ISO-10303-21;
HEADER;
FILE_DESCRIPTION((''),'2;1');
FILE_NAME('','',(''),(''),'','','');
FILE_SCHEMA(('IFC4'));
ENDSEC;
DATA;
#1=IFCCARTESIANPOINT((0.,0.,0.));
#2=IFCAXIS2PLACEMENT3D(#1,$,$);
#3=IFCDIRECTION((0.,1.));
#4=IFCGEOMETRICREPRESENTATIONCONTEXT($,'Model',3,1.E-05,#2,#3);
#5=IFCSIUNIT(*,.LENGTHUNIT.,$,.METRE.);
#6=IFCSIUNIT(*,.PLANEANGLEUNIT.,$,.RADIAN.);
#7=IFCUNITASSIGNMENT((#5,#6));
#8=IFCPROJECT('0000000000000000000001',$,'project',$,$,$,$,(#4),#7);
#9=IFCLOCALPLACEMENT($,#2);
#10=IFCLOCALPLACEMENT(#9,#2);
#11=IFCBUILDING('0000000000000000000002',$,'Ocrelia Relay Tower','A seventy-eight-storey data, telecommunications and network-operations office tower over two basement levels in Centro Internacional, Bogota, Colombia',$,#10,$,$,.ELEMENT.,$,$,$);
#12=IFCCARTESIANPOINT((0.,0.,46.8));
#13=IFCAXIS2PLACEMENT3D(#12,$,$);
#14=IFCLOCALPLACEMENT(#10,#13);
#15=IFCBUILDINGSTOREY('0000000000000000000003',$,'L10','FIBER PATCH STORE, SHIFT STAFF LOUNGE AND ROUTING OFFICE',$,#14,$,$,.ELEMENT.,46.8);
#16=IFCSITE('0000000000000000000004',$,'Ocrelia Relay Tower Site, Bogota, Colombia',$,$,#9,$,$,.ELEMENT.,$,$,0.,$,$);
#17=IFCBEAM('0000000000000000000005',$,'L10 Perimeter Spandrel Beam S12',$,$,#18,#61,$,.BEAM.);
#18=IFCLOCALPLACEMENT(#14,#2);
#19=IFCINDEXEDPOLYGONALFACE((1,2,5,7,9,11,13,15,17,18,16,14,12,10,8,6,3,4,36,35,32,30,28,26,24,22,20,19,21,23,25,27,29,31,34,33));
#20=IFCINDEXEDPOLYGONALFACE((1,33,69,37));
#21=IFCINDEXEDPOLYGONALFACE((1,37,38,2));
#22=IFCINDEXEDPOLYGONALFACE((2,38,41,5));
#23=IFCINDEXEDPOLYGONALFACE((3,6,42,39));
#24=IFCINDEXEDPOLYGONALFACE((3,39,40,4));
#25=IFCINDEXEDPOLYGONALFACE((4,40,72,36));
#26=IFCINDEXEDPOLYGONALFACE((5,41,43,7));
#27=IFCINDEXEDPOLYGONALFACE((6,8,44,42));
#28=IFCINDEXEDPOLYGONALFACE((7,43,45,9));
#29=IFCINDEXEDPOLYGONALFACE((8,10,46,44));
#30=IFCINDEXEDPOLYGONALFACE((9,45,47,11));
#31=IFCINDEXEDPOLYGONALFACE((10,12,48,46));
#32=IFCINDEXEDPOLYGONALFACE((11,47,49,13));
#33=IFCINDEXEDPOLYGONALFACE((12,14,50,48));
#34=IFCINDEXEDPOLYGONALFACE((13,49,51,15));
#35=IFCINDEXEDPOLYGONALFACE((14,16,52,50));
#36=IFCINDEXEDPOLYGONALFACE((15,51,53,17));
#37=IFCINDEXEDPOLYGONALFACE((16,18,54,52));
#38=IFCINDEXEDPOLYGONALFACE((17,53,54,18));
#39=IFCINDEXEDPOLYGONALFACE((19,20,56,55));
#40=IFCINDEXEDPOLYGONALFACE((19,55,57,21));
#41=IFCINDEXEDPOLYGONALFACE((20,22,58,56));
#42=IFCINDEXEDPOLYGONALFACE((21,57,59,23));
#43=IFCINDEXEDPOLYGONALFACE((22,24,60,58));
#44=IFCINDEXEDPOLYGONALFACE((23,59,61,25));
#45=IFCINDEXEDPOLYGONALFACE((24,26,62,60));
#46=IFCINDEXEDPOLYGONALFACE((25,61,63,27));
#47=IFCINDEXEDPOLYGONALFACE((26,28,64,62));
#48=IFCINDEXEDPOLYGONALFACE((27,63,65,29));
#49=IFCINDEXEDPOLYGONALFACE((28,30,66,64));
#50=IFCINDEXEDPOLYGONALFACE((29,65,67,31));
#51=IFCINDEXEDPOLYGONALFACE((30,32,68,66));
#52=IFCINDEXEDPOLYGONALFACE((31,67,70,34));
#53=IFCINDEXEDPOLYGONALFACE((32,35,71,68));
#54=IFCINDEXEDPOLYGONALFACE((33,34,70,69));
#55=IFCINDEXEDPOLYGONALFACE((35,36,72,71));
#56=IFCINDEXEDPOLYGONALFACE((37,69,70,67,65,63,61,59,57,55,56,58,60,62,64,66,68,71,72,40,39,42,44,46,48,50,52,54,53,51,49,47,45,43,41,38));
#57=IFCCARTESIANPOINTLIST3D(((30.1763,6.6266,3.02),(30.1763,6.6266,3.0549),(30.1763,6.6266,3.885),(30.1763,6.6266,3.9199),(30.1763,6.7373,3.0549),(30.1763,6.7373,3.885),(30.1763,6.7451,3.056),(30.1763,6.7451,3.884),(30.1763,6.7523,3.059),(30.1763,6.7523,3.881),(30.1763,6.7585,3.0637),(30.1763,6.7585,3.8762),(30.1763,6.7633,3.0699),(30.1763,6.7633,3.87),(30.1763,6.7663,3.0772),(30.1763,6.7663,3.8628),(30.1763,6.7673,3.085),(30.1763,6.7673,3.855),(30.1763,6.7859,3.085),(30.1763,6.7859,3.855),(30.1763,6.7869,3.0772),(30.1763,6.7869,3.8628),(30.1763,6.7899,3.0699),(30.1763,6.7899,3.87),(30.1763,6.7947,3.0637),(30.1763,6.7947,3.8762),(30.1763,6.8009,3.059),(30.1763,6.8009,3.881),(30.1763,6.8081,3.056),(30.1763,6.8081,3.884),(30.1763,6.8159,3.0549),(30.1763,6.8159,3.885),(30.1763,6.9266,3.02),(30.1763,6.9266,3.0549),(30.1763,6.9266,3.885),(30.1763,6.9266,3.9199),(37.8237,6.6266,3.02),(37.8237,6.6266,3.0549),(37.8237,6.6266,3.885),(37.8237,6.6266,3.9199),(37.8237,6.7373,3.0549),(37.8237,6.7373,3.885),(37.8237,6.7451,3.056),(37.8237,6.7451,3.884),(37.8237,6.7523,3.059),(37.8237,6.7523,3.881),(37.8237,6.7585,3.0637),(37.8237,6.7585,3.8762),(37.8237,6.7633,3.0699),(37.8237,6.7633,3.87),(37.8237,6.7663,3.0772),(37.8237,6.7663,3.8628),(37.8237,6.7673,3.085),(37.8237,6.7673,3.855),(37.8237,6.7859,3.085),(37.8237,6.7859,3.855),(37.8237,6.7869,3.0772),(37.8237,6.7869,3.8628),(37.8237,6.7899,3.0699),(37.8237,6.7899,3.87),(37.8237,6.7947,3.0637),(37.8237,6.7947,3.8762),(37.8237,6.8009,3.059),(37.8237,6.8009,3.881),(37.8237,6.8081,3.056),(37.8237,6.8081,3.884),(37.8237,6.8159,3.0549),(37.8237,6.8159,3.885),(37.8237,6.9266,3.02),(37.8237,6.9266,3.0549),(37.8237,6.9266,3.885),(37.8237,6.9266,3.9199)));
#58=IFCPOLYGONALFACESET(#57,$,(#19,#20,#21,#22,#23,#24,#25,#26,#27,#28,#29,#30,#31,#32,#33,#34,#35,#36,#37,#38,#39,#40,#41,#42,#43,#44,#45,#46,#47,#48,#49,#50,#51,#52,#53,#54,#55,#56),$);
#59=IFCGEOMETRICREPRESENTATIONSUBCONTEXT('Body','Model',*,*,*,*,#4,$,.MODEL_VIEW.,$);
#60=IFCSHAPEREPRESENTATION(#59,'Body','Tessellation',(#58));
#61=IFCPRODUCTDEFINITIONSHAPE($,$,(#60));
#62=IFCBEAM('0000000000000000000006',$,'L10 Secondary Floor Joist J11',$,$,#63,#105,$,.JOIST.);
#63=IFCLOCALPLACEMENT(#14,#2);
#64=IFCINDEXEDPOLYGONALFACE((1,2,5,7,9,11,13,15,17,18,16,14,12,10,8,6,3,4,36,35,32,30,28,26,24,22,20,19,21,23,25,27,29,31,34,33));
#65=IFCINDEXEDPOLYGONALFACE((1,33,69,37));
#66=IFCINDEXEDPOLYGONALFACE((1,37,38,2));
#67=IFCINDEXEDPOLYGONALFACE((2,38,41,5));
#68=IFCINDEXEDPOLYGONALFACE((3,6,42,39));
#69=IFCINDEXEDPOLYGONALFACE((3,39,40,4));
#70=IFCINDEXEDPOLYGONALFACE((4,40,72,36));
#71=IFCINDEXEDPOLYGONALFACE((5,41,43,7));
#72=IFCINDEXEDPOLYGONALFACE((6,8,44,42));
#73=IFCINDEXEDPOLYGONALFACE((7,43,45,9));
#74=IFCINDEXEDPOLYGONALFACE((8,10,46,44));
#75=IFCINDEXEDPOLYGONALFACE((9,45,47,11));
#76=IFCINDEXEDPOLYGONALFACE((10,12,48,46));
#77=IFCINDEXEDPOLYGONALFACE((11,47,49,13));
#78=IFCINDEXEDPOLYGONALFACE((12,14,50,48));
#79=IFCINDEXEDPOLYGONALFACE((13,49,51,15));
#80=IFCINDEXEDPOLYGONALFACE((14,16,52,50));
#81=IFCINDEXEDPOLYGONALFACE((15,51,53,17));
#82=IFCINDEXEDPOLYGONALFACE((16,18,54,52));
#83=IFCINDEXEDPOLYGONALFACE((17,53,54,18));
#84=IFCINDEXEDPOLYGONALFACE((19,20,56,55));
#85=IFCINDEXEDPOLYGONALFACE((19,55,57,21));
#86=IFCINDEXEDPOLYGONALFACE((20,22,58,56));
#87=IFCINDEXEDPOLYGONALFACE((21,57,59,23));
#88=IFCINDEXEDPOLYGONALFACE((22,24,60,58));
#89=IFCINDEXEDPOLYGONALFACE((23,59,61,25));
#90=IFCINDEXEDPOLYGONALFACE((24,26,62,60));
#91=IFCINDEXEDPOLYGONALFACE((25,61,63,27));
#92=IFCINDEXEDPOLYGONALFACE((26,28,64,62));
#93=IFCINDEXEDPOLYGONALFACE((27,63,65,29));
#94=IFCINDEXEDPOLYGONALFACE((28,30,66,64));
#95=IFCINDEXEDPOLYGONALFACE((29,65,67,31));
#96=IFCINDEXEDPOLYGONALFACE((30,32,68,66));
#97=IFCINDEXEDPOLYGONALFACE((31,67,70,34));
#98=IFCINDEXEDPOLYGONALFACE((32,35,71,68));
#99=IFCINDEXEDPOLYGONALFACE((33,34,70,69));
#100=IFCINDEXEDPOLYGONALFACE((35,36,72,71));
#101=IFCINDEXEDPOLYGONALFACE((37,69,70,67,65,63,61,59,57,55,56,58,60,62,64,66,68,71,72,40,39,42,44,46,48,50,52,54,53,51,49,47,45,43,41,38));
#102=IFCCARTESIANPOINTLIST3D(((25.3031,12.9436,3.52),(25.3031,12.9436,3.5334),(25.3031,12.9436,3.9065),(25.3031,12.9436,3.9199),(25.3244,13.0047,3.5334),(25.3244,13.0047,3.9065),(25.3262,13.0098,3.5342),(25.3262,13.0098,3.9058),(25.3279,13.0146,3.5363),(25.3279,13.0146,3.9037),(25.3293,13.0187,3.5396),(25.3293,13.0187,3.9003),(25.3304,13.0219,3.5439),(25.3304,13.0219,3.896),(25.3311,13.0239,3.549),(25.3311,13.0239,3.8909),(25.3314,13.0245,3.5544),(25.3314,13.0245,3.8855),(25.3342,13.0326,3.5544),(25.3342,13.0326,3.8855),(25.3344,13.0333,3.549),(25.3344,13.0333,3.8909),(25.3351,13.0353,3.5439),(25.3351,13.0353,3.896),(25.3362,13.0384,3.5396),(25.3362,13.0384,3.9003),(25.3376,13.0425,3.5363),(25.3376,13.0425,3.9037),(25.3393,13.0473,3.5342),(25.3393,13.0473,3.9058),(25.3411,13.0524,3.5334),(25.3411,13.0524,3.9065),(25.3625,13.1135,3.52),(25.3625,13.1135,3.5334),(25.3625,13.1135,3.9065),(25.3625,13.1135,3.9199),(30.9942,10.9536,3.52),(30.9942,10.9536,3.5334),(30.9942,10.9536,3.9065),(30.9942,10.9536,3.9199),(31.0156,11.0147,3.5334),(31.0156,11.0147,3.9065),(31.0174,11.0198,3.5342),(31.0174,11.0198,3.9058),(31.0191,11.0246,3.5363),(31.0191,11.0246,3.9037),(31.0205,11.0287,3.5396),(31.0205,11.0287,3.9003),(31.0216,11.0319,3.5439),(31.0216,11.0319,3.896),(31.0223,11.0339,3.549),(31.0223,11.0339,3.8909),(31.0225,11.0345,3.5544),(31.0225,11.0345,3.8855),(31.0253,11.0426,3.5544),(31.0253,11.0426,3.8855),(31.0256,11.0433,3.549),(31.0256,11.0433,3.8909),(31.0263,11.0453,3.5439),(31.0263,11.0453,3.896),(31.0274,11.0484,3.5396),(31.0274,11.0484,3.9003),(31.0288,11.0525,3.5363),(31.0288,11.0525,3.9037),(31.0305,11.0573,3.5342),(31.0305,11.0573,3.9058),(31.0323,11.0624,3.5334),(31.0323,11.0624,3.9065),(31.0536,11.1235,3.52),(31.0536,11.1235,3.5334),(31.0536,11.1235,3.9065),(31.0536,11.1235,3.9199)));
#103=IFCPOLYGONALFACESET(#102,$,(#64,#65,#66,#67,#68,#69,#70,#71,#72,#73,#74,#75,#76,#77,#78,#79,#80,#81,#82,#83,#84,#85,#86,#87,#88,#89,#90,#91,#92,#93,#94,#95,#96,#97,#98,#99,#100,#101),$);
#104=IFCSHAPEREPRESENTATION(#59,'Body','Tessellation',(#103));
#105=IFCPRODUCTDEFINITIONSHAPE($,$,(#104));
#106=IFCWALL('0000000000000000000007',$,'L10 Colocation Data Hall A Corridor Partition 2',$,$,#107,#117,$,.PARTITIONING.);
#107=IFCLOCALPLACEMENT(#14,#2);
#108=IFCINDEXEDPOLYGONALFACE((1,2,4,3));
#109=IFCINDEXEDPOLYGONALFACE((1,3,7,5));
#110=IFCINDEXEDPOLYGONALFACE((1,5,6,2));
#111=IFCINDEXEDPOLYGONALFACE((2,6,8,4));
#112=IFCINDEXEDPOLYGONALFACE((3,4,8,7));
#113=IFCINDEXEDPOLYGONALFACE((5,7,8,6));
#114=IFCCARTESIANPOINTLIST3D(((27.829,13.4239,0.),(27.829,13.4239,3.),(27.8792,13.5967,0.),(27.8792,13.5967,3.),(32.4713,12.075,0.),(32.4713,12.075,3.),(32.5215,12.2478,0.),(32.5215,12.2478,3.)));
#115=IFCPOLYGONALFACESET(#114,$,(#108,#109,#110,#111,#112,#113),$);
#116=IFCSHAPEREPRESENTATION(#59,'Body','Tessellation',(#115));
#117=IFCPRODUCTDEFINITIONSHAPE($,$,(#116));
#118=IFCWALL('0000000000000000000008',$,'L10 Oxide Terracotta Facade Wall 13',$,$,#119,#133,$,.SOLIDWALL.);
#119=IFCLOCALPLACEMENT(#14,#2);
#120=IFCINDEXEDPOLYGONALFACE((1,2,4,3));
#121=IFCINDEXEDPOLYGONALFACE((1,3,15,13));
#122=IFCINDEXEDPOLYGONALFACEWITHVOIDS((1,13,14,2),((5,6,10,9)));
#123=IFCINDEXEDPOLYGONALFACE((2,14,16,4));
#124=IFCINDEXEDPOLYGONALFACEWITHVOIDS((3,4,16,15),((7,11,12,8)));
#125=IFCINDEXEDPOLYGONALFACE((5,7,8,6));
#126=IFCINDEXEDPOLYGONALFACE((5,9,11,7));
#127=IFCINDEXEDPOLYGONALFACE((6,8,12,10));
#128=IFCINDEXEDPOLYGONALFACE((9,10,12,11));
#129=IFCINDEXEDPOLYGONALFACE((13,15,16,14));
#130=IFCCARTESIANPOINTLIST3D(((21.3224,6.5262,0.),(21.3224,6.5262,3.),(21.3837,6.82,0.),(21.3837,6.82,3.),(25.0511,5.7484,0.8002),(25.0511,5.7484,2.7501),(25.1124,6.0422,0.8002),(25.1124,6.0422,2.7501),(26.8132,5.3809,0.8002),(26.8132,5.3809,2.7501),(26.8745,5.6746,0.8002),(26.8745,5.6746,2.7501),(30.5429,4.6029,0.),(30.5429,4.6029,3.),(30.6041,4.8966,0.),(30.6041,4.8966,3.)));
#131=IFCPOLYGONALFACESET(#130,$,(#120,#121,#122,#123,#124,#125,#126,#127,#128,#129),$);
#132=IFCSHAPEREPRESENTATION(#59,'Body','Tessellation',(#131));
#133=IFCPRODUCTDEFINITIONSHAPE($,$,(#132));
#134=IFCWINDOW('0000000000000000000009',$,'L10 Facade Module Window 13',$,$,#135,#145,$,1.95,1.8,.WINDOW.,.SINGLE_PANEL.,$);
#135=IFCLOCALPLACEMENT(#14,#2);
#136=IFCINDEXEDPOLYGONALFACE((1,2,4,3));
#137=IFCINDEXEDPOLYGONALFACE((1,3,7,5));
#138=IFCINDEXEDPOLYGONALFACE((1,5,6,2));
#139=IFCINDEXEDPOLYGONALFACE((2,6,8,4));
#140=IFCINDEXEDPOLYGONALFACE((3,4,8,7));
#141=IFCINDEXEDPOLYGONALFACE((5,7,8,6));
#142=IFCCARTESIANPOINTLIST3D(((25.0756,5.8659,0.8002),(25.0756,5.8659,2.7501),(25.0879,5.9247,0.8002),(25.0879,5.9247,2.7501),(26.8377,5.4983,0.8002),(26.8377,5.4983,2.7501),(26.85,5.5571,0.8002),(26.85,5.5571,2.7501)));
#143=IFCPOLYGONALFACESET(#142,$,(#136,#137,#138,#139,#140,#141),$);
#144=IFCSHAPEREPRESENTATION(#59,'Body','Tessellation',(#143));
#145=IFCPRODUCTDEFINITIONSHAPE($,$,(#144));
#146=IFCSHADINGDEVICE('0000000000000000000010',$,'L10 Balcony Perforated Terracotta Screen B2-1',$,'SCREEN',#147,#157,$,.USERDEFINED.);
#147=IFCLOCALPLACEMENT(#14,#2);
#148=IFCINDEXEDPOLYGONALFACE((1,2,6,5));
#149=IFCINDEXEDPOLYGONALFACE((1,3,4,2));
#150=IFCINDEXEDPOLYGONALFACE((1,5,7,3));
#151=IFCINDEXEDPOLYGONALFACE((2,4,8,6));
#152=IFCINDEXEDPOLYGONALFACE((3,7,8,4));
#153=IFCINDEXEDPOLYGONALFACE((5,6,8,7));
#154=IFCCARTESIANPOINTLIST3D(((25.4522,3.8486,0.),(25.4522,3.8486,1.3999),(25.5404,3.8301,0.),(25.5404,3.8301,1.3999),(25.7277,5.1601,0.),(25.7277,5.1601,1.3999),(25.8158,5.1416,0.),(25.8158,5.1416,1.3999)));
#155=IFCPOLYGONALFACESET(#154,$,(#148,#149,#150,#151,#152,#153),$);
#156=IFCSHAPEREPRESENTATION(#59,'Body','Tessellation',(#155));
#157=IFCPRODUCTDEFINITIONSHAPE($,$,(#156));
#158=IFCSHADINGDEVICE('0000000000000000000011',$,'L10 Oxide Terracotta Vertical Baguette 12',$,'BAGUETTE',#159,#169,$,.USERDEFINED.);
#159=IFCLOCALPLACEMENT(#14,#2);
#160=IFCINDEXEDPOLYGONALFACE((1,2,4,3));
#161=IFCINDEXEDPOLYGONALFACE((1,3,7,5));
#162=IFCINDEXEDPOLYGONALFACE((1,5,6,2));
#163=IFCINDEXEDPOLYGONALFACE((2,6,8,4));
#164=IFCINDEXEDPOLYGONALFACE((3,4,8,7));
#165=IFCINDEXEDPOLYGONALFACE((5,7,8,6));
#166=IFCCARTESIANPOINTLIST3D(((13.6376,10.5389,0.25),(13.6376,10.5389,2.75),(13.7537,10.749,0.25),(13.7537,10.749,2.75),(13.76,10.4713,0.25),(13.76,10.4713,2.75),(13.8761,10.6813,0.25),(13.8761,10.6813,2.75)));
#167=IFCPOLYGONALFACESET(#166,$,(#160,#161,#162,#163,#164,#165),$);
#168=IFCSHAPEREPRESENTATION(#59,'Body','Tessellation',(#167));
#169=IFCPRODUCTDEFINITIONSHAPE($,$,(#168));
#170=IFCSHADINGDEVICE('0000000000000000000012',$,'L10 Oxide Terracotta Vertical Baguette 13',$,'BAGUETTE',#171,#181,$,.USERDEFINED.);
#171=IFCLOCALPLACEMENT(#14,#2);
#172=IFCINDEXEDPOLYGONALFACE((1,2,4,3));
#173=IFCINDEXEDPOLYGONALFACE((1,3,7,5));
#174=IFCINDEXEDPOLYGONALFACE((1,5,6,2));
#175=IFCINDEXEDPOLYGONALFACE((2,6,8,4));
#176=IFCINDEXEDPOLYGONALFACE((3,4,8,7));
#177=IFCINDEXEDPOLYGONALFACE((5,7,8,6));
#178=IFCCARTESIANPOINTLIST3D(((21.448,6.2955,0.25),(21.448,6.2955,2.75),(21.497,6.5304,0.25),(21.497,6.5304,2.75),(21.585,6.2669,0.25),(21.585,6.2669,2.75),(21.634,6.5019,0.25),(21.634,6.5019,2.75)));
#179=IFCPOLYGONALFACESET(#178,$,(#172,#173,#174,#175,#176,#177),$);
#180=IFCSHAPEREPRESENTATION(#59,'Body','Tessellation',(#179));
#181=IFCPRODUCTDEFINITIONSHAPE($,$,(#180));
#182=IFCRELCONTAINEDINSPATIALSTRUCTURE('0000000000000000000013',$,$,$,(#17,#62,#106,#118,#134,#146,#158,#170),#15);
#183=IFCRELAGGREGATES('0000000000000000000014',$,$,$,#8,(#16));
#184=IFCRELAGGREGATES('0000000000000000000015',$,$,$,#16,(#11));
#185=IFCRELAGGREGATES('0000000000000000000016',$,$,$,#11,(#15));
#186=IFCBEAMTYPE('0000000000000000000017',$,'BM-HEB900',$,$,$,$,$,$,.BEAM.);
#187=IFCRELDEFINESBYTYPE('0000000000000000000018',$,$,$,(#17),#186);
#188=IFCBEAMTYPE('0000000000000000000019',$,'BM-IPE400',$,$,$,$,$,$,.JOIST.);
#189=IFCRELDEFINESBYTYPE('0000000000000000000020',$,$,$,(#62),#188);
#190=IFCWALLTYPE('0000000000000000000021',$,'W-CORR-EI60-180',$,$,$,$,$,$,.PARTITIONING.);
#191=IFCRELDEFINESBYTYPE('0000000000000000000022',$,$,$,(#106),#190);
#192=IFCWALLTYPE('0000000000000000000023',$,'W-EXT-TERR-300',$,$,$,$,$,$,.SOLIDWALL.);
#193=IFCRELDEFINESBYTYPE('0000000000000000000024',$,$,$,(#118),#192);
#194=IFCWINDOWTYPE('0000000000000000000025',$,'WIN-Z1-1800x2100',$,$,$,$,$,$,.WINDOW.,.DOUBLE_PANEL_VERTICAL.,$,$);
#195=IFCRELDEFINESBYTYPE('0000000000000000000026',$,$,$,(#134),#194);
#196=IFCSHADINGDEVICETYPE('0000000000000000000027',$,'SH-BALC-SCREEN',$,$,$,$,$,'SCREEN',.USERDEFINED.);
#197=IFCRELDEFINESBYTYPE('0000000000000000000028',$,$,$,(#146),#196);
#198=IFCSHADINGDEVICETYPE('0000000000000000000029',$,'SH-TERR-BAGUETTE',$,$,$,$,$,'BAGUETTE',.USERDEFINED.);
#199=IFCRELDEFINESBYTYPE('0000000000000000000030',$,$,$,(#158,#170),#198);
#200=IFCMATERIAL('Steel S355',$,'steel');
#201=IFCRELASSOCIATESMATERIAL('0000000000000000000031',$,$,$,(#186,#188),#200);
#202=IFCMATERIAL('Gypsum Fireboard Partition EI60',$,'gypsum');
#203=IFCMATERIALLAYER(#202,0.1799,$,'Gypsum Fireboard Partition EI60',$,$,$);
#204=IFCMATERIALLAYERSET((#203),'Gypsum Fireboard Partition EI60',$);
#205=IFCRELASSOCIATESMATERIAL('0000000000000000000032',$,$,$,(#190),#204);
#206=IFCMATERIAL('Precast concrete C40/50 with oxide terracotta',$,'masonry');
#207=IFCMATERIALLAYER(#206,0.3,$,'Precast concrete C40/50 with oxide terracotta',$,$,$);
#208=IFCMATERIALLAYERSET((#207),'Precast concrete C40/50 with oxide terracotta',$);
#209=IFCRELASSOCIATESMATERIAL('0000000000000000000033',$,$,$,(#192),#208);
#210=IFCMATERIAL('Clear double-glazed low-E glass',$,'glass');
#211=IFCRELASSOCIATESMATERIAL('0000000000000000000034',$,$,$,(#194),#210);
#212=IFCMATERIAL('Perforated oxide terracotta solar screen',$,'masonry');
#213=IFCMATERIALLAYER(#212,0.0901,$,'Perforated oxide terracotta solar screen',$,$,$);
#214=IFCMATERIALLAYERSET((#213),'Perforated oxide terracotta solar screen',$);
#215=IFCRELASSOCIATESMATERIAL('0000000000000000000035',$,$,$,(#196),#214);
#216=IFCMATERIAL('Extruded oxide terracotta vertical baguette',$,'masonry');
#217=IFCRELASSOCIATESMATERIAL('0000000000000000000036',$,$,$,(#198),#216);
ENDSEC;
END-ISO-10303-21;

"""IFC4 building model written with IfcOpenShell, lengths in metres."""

from ifc_helpers import new_model, si_unit, direction, frame, frame_2d, origin, origin_2d, place, context, subcontext, project, spatial, rectangle, i_section, extrude, material, layer, layer_set, material_profile, profile_set, type_object, element, fill, save


model = new_model("IFC4")

# Units and contexts
model_context = context("Model", 3, precision=1e-05, world=origin(), true_north=direction((0.0, 1.0)))
body_context = subcontext(model_context, "Body", "Model", "MODEL_VIEW")
ifc_project = project(units=[si_unit("LENGTHUNIT", "METRE"), si_unit("PLANEANGLEUNIT", "RADIAN")], contexts=[model_context])

# Site, building, storey
site_placement = place(None, origin())
site = spatial("IfcSite", under=ifc_project, at=site_placement, Name="Ocrelia Relay Tower Site, Bogota, Colombia", CompositionType="ELEMENT", RefElevation=0.0)
building_placement = place(site_placement, origin())
building = spatial("IfcBuilding", under=site, at=building_placement, Name="Ocrelia Relay Tower", Description="A seventy-eight-storey data, telecommunications and network-operations office tower over two basement levels in Centro Internacional, Bogota, Colombia", CompositionType="ELEMENT")
storey_placement = place(building_placement, frame((0.0, 0.0, 46.8)))
storey = spatial("IfcBuildingStorey", under=building, at=storey_placement, Name="L10", Description="FIBER PATCH STORE, SHIFT STAFF LOUNGE AND ROUTING OFFICE", CompositionType="ELEMENT", Elevation=46.8)

# Beams
ifc_material_1 = material(Name="Steel S355", Category="steel")
ifc_material_profile_1 = material_profile(ifc_material_1, i_section(OverallWidth=0.3, OverallDepth=0.8999, WebThickness=0.0186, FlangeThickness=0.0349, FilletRadius=0.03, at=origin_2d()), Name="HEB 900")
ifc_profile_set_1 = profile_set([ifc_material_profile_1], Name="Steel S355")
beam_type_1 = type_object("IfcBeamType", Name="BM-HEB900", PredefinedType="BEAM", material=ifc_profile_set_1)
for number, where, z_axis, x_axis, name in (
    (1, (30.1763, 6.7766, 3.47), (1.0, 0.0, 0.0), (0.0, 1.0, 0.0), "L10 Perimeter Spandrel Beam S12"),
):
    element("IfcBeam", number, at=place(storey_placement, frame(where, z_axis=z_axis, x_axis=x_axis)), inside=storey, type_object=beam_type_1, Name=name, PredefinedType="BEAM", context=body_context, shape_type="SweptSolid", body=[
        extrude(i_section(OverallWidth=0.3, OverallDepth=0.8999, WebThickness=0.0186, FlangeThickness=0.0349, FilletRadius=0.03, at=origin_2d()), origin(), (0.0, 0.0, 1.0), 7.6475),
    ])
ifc_material_profile_2 = material_profile(ifc_material_1, i_section(OverallWidth=0.1799, OverallDepth=0.3999, WebThickness=0.0085, FlangeThickness=0.0134, FilletRadius=0.021, at=origin_2d()), Name="IPE 400")
ifc_profile_set_2 = profile_set([ifc_material_profile_2], Name="Steel S355")
beam_type_2 = type_object("IfcBeamType", Name="BM-IPE400", PredefinedType="JOIST", material=ifc_profile_set_2)
beam_1_placement = place(storey_placement, frame((25.3328, 13.0286, 3.72), z_axis=(0.943957, -0.330067, 0.0), x_axis=(0.330067, 0.943957, 0.0)))
element("IfcBeam", 2, at=beam_1_placement, inside=storey, type_object=beam_type_2, Name="L10 Secondary Floor Joist J11", PredefinedType="JOIST", context=body_context, shape_type="SweptSolid", body=[
    extrude(i_section(OverallWidth=0.1799, OverallDepth=0.3999, WebThickness=0.0085, FlangeThickness=0.0134, FilletRadius=0.021, at=origin_2d()), origin(), (0.0, 0.0, 1.0), 6.0291),
])

# Wall
ifc_material_2 = material(Name="Gypsum Fireboard Partition EI60", Category="gypsum")
ifc_layer_1 = layer(ifc_material_2, 0.1799, Name="Gypsum Fireboard Partition EI60")
ifc_layer_set_1 = layer_set([ifc_layer_1], Name="Gypsum Fireboard Partition EI60")
wall_type_1 = type_object("IfcWallType", Name="W-CORR-EI60-180", PredefinedType="PARTITIONING", material=ifc_layer_set_1)
wall_1_placement = place(storey_placement, frame((27.8542, 13.5103, 0.0), z_axis=(0.0, 0.0, 1.0), x_axis=(0.960285, -0.279021, 0.0)))
element("IfcWall", 3, at=wall_1_placement, inside=storey, type_object=wall_type_1, Name="L10 Colocation Data Hall A Corridor Partition 2", PredefinedType="PARTITIONING", context=body_context, shape_type="SweptSolid", body=[
    extrude(rectangle(XDim=4.8342, YDim=0.1799, at=frame_2d((2.417, 0.0))), origin(), (0.0, 0.0, 1.0), 3.0),
])

# Wall, opening, window
ifc_material_3 = material(Name="Precast concrete C40/50 with oxide terracotta", Category="masonry")
ifc_layer_2 = layer(ifc_material_3, 0.3, Name="Precast concrete C40/50 with oxide terracotta")
ifc_layer_set_2 = layer_set([ifc_layer_2], Name="Precast concrete C40/50 with oxide terracotta")
wall_type_2 = type_object("IfcWallType", Name="W-EXT-TERR-300", PredefinedType="SOLIDWALL", material=ifc_layer_set_2)
wall_2_placement = place(storey_placement, frame((21.353, 6.6731, 0.0), z_axis=(0.0, 0.0, 1.0), x_axis=(0.978929, -0.2042, 0.0)))
wall_2 = element("IfcWall", 4, at=wall_2_placement, inside=storey, type_object=wall_type_2, Name="L10 Oxide Terracotta Facade Wall 13", PredefinedType="SOLIDWALL", context=body_context, shape_type="SweptSolid", body=[
    extrude(rectangle(XDim=9.4189, YDim=0.3, at=frame_2d((4.7095, 0.0))), origin(), (0.0, 0.0, 1.0), 3.0),
])
opening_1_placement = place(wall_2_placement, frame((3.8091, 0.0, 0.8)))
opening_1 = element("IfcOpeningElement", 5, at=opening_1_placement, cuts=wall_2, PredefinedType="OPENING", context=body_context, shape_type="SweptSolid", body=[
    extrude(rectangle(XDim=1.8, YDim=1.95, at=frame_2d((0.8999, 0.9751))), frame((0.0, 0.1602, 0.0), z_axis=(0.0, -1.0, 0.0), x_axis=(1.0, 0.0, 0.0)), (0.0, 0.0, 1.0), 0.3201),
])
ifc_material_4 = material(Name="Clear double-glazed low-E glass", Category="glass")
window_type = type_object("IfcWindowType", Name="WIN-Z1-1800x2100", PartitioningType="DOUBLE_PANEL_VERTICAL", PredefinedType="WINDOW", material=ifc_material_4)
window_placement = place(opening_1_placement, origin())
window = element("IfcWindow", 6, at=window_placement, inside=storey, type_object=window_type, Name="L10 Facade Module Window 13", OverallHeight=1.95, OverallWidth=1.8, PartitioningType="SINGLE_PANEL", PredefinedType="WINDOW", context=body_context, shape_type="SweptSolid", body=[
    extrude(rectangle(XDim=1.8, YDim=1.95, at=frame_2d((0.8999, 0.9751))), frame((0.0, 0.03, 0.0), z_axis=(0.0, -1.0, 0.0), x_axis=(1.0, 0.0, 0.0)), (0.0, 0.0, 1.0), 0.0601),
])
fill(opening_1, window)

# Shading devices
ifc_material_5 = material(Name="Perforated oxide terracotta solar screen", Category="masonry")
ifc_layer_3 = layer(ifc_material_5, 0.0901, Name="Perforated oxide terracotta solar screen")
ifc_layer_set_3 = layer_set([ifc_layer_3], Name="Perforated oxide terracotta solar screen")
shading_device_type_1 = type_object("IfcShadingDeviceType", Name="SH-BALC-SCREEN", ElementType="SCREEN", PredefinedType="USERDEFINED", material=ifc_layer_set_3)
shading_device_1_placement = place(storey_placement, frame((25.634, 4.4951, 0.0), z_axis=(0.0, 0.0, 1.0), x_axis=(-0.205533, -0.97865, 0.0)))
element("IfcShadingDevice", 7, at=shading_device_1_placement, inside=storey, type_object=shading_device_type_1, Name="L10 Balcony Perforated Terracotta Screen B2-1", ObjectType="SCREEN", PredefinedType="USERDEFINED", context=body_context, shape_type="SweptSolid", body=[
    extrude(rectangle(XDim=1.3401, YDim=0.0901, at=origin_2d()), origin(), (0.0, 0.0, 1.0), 1.3999),
])
ifc_material_6 = material(Name="Extruded oxide terracotta vertical baguette", Category="masonry")
shading_device_type_2 = type_object("IfcShadingDeviceType", Name="SH-TERR-BAGUETTE", ElementType="BAGUETTE", PredefinedType="USERDEFINED", material=ifc_material_6)
for number, where, z_axis, x_axis, name in (
    (8, (13.7568, 10.6101, 0.25), (0.0, 0.0, 1.0), (0.875147, -0.483856, 0.0), "L10 Oxide Terracotta Vertical Baguette 12"),
    (9, (21.541, 6.3987, 0.25), (0.0, 0.0, 1.0), (0.978932, -0.204189, 0.0), "L10 Oxide Terracotta Vertical Baguette 13"),
):
    element("IfcShadingDevice", number, at=place(storey_placement, frame(where, z_axis=z_axis, x_axis=x_axis)), inside=storey, type_object=shading_device_type_2, Name=name, ObjectType="BAGUETTE", PredefinedType="USERDEFINED", context=body_context, shape_type="SweptSolid", body=[
        extrude(rectangle(XDim=0.1399, YDim=0.24, at=origin_2d()), origin(), (0.0, 0.0, 1.0), 2.5),
    ])

save(model, "model.ifc")
